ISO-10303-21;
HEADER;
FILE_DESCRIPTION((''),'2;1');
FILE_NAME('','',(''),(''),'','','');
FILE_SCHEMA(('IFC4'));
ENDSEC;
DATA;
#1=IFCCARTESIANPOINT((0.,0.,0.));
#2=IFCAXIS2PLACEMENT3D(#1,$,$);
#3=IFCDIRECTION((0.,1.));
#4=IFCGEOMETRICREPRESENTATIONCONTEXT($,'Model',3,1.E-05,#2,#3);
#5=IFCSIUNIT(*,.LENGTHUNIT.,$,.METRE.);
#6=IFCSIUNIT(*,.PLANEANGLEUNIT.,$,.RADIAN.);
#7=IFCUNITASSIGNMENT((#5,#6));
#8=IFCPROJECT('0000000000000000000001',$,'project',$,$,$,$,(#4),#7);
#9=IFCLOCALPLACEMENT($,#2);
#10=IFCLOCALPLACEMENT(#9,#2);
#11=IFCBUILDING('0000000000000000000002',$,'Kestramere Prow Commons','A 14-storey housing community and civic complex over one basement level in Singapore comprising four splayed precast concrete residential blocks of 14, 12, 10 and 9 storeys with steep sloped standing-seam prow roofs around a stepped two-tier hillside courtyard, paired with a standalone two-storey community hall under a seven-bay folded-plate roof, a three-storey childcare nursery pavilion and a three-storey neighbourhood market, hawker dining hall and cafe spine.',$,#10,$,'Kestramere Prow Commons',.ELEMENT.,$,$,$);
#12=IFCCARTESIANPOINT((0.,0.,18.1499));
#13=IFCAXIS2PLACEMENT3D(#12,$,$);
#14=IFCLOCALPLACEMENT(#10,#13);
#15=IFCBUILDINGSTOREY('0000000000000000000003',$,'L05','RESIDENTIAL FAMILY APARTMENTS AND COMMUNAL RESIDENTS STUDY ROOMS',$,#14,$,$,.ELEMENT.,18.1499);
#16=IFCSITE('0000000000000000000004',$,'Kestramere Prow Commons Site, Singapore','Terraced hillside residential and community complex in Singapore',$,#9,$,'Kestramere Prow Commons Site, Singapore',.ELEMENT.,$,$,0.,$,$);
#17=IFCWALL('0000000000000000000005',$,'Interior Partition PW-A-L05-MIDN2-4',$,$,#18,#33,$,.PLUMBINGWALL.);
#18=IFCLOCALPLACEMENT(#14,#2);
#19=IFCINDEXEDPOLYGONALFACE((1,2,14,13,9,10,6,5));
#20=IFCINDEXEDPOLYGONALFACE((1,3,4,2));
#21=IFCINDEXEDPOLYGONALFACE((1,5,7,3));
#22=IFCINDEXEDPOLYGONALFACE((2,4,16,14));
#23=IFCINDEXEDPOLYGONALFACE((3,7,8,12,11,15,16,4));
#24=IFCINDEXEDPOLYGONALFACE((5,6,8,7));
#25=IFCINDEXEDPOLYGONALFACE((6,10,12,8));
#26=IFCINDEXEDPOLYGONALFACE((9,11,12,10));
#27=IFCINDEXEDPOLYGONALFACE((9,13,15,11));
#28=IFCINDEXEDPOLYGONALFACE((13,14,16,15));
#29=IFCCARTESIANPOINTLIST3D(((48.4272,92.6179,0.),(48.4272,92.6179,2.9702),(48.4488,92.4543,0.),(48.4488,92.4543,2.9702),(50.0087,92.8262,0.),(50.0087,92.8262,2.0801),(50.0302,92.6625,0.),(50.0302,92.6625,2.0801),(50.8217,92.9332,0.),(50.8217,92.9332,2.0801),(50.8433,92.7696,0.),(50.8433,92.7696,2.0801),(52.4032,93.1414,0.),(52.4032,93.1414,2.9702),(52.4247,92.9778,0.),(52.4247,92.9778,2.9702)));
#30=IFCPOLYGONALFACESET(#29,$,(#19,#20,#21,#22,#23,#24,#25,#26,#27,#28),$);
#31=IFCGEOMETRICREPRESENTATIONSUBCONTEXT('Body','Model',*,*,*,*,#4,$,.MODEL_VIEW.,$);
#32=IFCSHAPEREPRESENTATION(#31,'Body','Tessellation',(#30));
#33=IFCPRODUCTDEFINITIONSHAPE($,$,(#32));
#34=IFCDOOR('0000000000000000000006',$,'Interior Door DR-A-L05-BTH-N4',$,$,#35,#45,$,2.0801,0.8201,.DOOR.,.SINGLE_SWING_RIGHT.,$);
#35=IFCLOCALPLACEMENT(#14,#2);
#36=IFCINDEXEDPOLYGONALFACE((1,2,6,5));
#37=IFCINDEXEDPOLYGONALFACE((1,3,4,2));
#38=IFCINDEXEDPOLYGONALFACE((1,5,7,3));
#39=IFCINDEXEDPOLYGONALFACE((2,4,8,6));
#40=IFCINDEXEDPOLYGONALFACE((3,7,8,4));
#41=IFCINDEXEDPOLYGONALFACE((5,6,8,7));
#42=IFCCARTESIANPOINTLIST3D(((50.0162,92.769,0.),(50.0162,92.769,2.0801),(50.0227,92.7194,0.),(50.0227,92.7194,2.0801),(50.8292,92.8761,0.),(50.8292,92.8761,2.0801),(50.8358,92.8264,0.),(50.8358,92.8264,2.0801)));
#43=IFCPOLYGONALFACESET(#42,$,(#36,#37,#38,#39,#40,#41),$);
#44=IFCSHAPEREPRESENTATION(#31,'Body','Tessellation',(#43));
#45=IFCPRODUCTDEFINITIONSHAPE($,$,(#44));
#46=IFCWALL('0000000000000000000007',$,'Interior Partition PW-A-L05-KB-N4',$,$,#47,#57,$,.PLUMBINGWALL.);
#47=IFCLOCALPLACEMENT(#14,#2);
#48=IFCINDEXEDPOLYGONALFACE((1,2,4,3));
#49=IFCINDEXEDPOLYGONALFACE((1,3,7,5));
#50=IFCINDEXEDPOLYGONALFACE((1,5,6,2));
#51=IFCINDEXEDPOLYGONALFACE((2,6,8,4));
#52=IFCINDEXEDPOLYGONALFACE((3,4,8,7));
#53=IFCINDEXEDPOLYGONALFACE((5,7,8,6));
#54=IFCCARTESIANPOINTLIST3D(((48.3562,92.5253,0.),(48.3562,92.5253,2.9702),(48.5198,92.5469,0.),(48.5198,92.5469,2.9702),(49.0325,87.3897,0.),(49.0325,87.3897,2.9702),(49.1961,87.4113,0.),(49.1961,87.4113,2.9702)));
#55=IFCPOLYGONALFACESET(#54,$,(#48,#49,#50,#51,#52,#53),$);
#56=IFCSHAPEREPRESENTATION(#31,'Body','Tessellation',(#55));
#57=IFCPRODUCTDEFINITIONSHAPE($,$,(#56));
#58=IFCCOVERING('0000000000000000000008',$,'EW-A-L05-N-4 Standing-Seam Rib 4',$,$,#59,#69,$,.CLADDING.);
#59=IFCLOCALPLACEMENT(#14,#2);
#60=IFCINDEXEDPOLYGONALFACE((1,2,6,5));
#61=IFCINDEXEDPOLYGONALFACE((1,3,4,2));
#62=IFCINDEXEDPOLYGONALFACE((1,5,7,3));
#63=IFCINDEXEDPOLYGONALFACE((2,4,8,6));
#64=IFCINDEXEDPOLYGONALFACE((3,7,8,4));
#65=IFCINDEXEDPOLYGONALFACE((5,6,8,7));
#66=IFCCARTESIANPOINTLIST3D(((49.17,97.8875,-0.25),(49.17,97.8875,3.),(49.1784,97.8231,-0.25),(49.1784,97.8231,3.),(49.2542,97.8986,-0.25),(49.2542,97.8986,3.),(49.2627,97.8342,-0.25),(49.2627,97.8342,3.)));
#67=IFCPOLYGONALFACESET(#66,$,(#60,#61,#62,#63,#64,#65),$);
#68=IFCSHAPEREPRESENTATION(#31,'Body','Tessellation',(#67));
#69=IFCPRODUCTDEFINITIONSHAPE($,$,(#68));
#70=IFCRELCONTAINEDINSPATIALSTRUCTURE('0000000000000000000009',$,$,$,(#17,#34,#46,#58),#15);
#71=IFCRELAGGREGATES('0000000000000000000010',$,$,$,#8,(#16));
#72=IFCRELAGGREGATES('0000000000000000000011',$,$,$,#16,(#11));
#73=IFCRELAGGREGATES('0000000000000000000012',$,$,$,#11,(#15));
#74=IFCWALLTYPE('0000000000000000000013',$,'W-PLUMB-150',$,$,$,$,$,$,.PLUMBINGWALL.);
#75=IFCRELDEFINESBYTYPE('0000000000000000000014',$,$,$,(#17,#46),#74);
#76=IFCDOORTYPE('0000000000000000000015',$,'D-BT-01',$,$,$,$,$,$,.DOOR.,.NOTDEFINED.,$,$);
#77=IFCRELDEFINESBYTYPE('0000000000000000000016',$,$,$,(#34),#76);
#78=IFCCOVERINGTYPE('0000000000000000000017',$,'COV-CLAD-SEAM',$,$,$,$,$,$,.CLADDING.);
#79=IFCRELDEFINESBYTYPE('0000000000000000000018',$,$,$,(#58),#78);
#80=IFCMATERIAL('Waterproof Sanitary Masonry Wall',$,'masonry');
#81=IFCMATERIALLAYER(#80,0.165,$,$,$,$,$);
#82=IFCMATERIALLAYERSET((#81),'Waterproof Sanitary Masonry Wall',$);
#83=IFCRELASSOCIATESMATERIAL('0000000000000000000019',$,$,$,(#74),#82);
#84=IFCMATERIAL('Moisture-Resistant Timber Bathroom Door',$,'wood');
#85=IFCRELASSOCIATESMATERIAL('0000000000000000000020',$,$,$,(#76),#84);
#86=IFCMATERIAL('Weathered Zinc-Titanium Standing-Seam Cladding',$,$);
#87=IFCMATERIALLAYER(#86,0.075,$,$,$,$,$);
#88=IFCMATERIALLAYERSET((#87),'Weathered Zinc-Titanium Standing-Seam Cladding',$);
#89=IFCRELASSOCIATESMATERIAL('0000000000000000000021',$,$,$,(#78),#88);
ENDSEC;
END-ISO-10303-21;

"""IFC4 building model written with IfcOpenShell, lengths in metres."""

from ifc_helpers import new_model, si_unit, direction, frame, frame_2d, origin, origin_2d, place, context, subcontext, project, spatial, rectangle, extrude, material, layer, layer_set, type_object, element, fill, save


model = new_model("IFC4")

# Units and contexts
model_context = context("Model", 3, precision=1e-05, world=origin(), true_north=direction((0.0, 1.0)))
body_context = subcontext(model_context, "Body", "Model", "MODEL_VIEW")
ifc_project = project(units=[si_unit("LENGTHUNIT", "METRE"), si_unit("PLANEANGLEUNIT", "RADIAN")], contexts=[model_context])

# Site, building, storey
site_placement = place(None, origin())
site = spatial("IfcSite", under=ifc_project, at=site_placement, Name="Kestramere Prow Commons Site, Singapore", Description="Terraced hillside residential and community complex in Singapore", LongName="Kestramere Prow Commons Site, Singapore", CompositionType="ELEMENT", RefElevation=0.0)
building_placement = place(site_placement, origin())
building = spatial("IfcBuilding", under=site, at=building_placement, Name="Kestramere Prow Commons", Description="A 14-storey housing community and civic complex over one basement level in Singapore comprising four splayed precast concrete residential blocks of 14, 12, 10 and 9 storeys with steep sloped standing-seam prow roofs around a stepped two-tier hillside courtyard, paired with a standalone two-storey community hall under a seven-bay folded-plate roof, a three-storey childcare nursery pavilion and a three-storey neighbourhood market, hawker dining hall and cafe spine.", LongName="Kestramere Prow Commons", CompositionType="ELEMENT")
storey_placement = place(building_placement, frame((0.0, 0.0, 18.1499)))
storey = spatial("IfcBuildingStorey", under=building, at=storey_placement, Name="L05", Description="RESIDENTIAL FAMILY APARTMENTS AND COMMUNAL RESIDENTS STUDY ROOMS", CompositionType="ELEMENT", Elevation=18.1499)

# Wall, opening, door
ifc_material_1 = material(Name="Waterproof Sanitary Masonry Wall", Category="masonry")
ifc_layer_1 = layer(ifc_material_1, 0.165)
ifc_layer_set_1 = layer_set([ifc_layer_1], Name="Waterproof Sanitary Masonry Wall")
wall_type_1 = type_object("IfcWallType", Name="W-PLUMB-150", PredefinedType="PLUMBINGWALL", material=ifc_layer_set_1)
wall_1_placement = place(storey_placement, frame((48.438, 92.5361, 0.0), z_axis=(0.0, 0.0, 1.0), x_axis=(0.991445, 0.130529, 0.0)))
wall_1 = element("IfcWall", 1, at=wall_1_placement, inside=storey, type_object=wall_type_1, Name="Interior Partition PW-A-L05-MIDN2-4", PredefinedType="PLUMBINGWALL", context=body_context, shape_type="SweptSolid", body=[
    extrude(rectangle(XDim=4.0103, YDim=0.165, at=frame_2d((2.0051, 0.0))), origin(), (0.0, 0.0, 1.0), 2.9702),
])
opening_1_placement = place(wall_1_placement, frame((1.595, 0.0, 0.0)))
opening_1 = element("IfcOpeningElement", 2, at=opening_1_placement, cuts=wall_1, PredefinedType="OPENING", context=body_context, shape_type="SweptSolid", body=[
    extrude(rectangle(XDim=0.8201, YDim=2.0801, at=frame_2d((0.4102, 1.04))), frame((0.0, 0.0974, 0.0), z_axis=(0.0, -1.0, 0.0), x_axis=(1.0, 0.0, 0.0)), (0.0, 0.0, 1.0), 0.1951),
])
ifc_material_2 = material(Name="Moisture-Resistant Timber Bathroom Door", Category="wood")
door_type_1 = type_object("IfcDoorType", Name="D-BT-01", OperationType="NOTDEFINED", PredefinedType="DOOR", material=ifc_material_2)
door_1_placement = place(opening_1_placement, origin())
door_1 = element("IfcDoor", 3, at=door_1_placement, inside=storey, type_object=door_type_1, Name="Interior Door DR-A-L05-BTH-N4", OperationType="SINGLE_SWING_RIGHT", OverallHeight=2.0801, OverallWidth=0.8201, PredefinedType="DOOR", context=body_context, shape_type="SweptSolid", body=[
    extrude(rectangle(XDim=0.8201, YDim=2.0801, at=frame_2d((0.4102, 1.04))), frame((0.0, 0.0249, 0.0), z_axis=(0.0, -1.0, 0.0), x_axis=(1.0, 0.0, 0.0)), (0.0, 0.0, 1.0), 0.05),
])
fill(opening_1, door_1)

# Wall
wall_2_placement = place(storey_placement, frame((49.1143, 87.4006, 0.0), z_axis=(0.0, 0.0, 1.0), x_axis=(-0.130558, 0.991441, 0.0)))
element("IfcWall", 4, at=wall_2_placement, inside=storey, type_object=wall_type_1, Name="Interior Partition PW-A-L05-KB-N4", PredefinedType="PLUMBINGWALL", context=body_context, shape_type="SweptSolid", body=[
    extrude(rectangle(XDim=5.1799, YDim=0.165, at=frame_2d((2.5898, 0.0))), origin(), (0.0, 0.0, 1.0), 2.9702),
])

# Covering
ifc_material_3 = material(Name="Weathered Zinc-Titanium Standing-Seam Cladding")
ifc_layer_2 = layer(ifc_material_3, 0.075)
ifc_layer_set_2 = layer_set([ifc_layer_2], Name="Weathered Zinc-Titanium Standing-Seam Cladding")
covering_type = type_object("IfcCoveringType", Name="COV-CLAD-SEAM", PredefinedType="CLADDING", material=ifc_layer_set_2)
covering_placement = place(storey_placement, frame((49.2163, 97.8608, -0.25), z_axis=(0.0, 0.0, 1.0), x_axis=(0.991445, 0.130526, 0.0)))
element("IfcCovering", 5, at=covering_placement, inside=storey, type_object=covering_type, Name="EW-A-L05-N-4 Standing-Seam Rib 4", PredefinedType="CLADDING", context=body_context, shape_type="SweptSolid", body=[
    extrude(rectangle(XDim=0.085, YDim=0.0649, at=origin_2d()), origin(), (0.0, 0.0, 1.0), 3.25),
])

save(model, "model.ifc")
